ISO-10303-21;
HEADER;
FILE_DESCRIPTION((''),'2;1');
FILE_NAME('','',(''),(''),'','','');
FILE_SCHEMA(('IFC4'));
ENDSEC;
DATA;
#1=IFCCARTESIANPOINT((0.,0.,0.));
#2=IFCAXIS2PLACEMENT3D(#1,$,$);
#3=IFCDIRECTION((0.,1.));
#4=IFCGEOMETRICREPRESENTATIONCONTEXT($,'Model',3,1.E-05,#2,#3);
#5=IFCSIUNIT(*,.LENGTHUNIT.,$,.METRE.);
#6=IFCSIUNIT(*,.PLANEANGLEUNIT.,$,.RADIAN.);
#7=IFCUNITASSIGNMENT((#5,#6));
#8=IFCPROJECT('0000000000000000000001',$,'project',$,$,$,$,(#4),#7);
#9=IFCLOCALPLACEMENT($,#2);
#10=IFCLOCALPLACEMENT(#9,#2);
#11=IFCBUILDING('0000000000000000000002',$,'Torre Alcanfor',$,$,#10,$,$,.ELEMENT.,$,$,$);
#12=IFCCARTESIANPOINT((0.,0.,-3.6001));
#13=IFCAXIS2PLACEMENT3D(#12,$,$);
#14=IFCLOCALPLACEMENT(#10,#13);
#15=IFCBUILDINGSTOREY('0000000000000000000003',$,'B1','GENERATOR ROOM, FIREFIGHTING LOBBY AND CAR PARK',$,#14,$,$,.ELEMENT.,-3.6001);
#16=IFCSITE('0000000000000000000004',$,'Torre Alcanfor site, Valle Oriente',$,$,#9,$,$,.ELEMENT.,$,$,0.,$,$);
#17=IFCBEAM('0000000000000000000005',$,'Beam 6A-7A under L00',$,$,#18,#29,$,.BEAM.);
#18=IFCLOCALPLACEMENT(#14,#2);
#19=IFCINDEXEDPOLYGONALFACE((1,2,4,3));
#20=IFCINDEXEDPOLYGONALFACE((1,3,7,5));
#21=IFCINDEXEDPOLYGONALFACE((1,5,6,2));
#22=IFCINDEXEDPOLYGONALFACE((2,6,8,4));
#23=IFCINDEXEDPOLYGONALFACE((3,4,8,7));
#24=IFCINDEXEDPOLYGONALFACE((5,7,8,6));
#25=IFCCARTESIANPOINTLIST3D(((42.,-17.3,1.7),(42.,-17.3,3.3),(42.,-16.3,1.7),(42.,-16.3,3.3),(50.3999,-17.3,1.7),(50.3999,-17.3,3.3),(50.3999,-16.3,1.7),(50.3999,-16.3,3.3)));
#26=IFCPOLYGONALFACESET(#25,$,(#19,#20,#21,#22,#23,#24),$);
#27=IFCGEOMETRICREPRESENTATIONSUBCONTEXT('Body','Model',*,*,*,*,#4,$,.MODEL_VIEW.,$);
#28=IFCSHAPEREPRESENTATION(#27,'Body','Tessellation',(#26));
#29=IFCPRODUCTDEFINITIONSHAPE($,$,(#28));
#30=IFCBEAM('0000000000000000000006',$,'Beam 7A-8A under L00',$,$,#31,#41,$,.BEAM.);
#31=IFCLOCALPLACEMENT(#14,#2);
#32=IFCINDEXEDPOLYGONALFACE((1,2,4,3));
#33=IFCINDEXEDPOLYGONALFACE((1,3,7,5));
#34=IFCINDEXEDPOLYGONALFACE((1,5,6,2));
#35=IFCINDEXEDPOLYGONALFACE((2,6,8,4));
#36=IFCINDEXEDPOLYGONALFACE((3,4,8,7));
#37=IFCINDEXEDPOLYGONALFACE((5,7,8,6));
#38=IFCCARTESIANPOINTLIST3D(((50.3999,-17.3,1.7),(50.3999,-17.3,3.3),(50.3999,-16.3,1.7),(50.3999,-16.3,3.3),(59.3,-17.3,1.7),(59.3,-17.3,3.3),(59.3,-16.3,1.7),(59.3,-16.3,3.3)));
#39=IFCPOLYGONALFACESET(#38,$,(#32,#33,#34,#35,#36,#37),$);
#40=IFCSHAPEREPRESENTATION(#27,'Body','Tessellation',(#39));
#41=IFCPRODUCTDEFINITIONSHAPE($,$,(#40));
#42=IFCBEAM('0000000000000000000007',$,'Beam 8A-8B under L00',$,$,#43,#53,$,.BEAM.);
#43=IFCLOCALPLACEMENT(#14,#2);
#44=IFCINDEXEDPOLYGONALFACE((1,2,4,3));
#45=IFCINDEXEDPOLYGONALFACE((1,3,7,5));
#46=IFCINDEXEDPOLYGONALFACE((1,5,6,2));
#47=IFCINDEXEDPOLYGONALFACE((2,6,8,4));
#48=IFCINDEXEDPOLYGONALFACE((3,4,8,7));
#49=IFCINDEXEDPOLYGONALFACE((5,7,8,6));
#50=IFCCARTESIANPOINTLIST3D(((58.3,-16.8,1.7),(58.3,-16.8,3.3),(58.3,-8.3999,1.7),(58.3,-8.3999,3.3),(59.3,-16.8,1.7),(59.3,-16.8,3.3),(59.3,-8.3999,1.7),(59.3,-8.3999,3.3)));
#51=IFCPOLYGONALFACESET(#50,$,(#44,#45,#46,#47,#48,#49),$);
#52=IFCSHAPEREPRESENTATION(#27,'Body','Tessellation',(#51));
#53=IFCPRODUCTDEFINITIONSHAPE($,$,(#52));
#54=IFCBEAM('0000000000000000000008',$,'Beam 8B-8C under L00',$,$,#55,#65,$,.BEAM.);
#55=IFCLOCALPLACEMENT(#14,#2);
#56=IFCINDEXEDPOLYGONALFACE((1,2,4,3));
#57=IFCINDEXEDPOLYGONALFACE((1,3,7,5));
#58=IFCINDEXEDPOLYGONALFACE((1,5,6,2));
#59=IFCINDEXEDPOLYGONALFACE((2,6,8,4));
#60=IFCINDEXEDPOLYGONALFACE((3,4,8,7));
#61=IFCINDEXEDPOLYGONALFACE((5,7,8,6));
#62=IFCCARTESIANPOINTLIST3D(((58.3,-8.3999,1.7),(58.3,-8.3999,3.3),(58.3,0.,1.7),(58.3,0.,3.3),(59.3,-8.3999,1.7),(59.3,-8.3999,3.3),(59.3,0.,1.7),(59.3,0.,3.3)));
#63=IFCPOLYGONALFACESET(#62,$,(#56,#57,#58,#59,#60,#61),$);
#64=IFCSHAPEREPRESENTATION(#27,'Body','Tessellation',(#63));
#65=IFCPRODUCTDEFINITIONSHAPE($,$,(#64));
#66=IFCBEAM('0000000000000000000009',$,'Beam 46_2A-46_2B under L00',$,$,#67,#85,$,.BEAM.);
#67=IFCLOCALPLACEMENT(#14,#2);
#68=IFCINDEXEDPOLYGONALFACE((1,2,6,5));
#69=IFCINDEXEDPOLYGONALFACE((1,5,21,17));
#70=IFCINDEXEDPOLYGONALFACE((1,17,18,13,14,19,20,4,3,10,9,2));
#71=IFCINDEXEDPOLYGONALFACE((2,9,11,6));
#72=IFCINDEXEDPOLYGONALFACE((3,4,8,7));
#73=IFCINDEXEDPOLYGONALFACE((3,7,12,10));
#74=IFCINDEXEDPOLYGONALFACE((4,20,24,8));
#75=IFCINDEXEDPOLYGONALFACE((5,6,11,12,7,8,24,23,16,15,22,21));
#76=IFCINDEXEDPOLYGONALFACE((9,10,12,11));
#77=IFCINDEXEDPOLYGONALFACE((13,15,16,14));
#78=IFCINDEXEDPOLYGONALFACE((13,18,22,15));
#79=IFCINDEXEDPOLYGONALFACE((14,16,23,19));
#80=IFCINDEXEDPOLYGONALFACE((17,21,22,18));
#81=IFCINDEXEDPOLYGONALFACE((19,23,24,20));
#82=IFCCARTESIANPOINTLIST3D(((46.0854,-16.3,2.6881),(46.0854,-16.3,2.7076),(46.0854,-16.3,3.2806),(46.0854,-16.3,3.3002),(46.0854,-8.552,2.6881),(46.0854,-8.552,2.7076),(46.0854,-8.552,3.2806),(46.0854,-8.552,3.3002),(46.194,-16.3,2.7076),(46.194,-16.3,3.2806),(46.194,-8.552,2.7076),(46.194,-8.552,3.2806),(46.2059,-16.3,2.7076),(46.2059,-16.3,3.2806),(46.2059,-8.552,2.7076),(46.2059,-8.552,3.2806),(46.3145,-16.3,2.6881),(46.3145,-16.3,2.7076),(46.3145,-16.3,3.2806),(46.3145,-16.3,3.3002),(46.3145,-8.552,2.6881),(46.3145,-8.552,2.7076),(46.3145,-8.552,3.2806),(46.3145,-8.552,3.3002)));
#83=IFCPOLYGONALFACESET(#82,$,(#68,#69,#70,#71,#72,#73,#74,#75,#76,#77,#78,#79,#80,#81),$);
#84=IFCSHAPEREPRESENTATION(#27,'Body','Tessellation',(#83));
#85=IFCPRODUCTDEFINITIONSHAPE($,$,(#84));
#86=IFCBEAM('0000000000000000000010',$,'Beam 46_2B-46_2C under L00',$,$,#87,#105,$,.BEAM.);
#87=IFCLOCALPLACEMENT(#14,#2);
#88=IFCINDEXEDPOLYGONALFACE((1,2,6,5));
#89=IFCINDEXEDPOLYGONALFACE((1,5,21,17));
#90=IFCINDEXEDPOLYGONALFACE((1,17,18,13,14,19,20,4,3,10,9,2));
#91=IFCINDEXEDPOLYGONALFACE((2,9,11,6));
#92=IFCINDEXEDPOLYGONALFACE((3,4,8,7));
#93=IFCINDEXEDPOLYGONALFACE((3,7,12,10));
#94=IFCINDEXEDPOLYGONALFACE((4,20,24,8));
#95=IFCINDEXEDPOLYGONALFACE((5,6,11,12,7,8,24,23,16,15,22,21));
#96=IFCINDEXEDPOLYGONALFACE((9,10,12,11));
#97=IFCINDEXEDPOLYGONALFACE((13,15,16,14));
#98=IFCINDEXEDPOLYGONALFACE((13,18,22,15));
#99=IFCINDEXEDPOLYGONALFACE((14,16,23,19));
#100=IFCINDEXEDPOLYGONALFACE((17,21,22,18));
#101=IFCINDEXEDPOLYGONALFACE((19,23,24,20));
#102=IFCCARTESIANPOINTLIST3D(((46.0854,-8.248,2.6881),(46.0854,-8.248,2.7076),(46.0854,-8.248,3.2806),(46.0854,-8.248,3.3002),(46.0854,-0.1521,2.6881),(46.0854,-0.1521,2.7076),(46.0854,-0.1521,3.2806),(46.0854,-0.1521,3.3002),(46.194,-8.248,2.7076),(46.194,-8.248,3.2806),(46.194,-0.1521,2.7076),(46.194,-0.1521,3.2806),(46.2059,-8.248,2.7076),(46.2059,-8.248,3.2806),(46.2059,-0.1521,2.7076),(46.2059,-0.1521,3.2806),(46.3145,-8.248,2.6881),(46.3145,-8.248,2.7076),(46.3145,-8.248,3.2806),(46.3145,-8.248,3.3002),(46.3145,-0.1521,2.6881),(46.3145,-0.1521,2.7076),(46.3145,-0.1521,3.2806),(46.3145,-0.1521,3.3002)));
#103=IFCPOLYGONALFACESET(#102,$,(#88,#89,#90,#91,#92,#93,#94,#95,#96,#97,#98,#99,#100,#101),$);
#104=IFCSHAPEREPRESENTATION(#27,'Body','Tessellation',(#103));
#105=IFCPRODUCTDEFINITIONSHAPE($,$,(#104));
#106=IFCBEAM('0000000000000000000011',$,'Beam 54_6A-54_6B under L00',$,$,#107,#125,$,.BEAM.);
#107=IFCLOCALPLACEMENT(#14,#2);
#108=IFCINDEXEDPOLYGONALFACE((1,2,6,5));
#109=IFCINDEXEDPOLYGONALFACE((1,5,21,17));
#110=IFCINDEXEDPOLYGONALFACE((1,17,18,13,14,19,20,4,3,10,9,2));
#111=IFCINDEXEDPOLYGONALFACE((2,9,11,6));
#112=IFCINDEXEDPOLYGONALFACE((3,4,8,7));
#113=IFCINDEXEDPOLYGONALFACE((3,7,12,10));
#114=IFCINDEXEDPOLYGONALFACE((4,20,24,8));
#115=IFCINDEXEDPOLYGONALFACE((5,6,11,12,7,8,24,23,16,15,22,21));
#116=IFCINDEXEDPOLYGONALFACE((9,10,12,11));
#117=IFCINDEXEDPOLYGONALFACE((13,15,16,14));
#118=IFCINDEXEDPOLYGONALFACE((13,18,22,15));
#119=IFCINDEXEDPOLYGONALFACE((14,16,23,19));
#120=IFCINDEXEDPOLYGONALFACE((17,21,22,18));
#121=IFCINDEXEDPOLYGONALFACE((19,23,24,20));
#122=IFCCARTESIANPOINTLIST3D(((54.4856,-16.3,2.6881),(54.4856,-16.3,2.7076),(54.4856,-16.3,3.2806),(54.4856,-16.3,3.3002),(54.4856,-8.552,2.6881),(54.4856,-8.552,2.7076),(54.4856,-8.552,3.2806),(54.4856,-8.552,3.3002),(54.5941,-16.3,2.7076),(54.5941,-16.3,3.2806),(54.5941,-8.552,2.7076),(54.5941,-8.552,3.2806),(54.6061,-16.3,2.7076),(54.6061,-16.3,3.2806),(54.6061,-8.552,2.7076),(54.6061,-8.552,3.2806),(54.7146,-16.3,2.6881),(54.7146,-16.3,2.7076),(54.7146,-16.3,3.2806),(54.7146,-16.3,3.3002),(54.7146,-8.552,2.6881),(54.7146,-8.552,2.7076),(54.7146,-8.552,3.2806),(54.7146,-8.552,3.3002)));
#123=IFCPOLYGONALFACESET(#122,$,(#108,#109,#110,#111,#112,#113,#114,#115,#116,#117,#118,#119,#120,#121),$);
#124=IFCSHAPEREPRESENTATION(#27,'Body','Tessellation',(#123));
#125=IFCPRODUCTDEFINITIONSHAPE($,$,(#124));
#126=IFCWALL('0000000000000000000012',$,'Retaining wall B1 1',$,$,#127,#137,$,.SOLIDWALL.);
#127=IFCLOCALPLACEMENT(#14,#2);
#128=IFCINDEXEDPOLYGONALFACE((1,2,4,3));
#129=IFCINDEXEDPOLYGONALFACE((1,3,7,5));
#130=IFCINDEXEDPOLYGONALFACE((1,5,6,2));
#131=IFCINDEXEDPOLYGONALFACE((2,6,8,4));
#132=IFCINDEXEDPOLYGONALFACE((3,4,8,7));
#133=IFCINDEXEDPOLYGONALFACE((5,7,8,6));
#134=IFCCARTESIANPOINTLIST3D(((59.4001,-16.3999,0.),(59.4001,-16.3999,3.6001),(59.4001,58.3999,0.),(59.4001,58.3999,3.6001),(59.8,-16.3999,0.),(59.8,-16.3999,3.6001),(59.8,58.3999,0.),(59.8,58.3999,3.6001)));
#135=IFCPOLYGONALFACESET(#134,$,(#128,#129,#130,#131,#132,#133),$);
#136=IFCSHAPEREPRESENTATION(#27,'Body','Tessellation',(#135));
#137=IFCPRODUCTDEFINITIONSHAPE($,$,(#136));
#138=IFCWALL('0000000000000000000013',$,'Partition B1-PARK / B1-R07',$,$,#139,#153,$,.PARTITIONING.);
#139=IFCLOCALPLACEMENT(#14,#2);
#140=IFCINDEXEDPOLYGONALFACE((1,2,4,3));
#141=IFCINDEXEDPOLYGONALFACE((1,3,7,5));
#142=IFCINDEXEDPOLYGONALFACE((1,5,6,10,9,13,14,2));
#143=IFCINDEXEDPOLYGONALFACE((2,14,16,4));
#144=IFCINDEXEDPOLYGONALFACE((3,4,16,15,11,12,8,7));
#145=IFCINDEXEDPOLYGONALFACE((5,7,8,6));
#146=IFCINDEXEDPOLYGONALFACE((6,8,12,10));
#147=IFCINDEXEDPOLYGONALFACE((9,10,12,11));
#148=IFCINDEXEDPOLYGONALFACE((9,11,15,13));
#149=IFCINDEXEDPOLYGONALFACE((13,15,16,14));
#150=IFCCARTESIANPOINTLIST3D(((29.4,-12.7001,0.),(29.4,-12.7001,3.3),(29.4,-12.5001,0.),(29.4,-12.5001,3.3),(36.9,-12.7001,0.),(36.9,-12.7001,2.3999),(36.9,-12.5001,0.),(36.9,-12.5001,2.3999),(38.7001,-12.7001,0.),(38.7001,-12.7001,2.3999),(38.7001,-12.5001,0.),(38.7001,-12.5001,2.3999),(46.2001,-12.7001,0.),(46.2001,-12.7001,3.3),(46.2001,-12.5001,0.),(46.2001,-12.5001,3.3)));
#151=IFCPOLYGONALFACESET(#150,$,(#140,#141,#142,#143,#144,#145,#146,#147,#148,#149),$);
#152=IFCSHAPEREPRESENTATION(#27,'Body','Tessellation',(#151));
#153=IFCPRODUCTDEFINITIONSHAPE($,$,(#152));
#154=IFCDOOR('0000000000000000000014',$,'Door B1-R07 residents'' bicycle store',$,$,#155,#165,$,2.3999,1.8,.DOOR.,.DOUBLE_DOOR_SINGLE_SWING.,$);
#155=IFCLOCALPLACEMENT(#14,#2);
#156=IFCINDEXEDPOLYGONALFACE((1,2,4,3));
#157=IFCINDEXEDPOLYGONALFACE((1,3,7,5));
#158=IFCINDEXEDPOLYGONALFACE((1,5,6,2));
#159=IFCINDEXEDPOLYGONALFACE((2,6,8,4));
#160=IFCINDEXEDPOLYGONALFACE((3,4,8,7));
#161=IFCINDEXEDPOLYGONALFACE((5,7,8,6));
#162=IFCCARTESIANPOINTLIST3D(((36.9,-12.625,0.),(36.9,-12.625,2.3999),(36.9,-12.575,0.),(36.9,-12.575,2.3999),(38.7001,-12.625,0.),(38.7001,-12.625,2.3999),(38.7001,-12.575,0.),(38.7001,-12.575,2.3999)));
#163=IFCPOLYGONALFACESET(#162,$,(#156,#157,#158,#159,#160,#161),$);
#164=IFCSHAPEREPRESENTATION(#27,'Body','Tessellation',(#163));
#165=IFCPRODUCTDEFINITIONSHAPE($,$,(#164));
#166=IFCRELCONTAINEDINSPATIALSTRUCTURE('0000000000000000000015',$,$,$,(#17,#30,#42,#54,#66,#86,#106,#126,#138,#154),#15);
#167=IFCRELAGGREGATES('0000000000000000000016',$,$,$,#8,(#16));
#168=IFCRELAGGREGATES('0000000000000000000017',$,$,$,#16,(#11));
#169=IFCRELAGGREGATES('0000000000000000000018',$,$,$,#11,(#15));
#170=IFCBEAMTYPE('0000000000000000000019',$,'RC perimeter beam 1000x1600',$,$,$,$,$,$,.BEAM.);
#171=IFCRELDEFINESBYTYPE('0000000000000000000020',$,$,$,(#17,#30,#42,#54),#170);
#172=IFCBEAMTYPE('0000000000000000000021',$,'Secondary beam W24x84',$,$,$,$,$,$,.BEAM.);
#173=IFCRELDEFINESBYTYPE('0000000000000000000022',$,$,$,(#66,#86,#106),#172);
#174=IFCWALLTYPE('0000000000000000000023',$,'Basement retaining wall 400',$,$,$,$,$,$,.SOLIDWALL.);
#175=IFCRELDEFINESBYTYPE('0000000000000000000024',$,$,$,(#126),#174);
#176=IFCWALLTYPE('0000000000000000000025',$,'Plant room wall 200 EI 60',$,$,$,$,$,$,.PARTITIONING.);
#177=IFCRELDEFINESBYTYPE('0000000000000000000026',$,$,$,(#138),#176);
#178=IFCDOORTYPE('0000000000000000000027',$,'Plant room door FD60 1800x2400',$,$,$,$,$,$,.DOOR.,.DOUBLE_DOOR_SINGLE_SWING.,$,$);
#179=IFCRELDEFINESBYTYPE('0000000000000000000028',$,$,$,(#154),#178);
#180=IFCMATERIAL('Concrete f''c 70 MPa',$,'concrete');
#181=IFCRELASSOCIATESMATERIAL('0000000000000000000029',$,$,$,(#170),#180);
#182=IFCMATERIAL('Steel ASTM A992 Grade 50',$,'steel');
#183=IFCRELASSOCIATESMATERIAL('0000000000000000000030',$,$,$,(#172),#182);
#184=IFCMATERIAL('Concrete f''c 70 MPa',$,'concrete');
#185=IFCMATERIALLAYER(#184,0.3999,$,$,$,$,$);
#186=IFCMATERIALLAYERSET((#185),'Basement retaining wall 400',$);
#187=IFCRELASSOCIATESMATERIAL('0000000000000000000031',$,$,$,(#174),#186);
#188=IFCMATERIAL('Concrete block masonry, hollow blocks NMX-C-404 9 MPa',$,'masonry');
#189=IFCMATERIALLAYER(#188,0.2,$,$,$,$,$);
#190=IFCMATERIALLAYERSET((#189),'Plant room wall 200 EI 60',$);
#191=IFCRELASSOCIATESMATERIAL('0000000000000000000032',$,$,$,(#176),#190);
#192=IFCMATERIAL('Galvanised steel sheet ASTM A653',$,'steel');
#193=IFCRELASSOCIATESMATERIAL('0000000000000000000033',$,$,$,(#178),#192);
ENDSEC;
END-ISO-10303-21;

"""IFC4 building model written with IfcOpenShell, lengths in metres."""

from ifc_helpers import new_model, si_unit, direction, frame, frame_2d, origin, origin_2d, place, context, subcontext, project, spatial, rectangle, i_section, extrude, material, layer, layer_set, material_profile, profile_set, type_object, element, fill, save


model = new_model("IFC4")

# Units and contexts
model_context = context("Model", 3, precision=1e-05, world=origin(), true_north=direction((0.0, 1.0)))
body_context = subcontext(model_context, "Body", "Model", "MODEL_VIEW")
ifc_project = project(units=[si_unit("LENGTHUNIT", "METRE"), si_unit("PLANEANGLEUNIT", "RADIAN")], contexts=[model_context])

# Site, building, storey
site_placement = place(None, origin())
site = spatial("IfcSite", under=ifc_project, at=site_placement, Name="Torre Alcanfor site, Valle Oriente", CompositionType="ELEMENT", RefElevation=0.0)
building_placement = place(site_placement, origin())
building = spatial("IfcBuilding", under=site, at=building_placement, Name="Torre Alcanfor", CompositionType="ELEMENT")
storey_placement = place(building_placement, frame((0.0, 0.0, -3.6001)))
storey = spatial("IfcBuildingStorey", under=building, at=storey_placement, Name="B1", Description="GENERATOR ROOM, FIREFIGHTING LOBBY AND CAR PARK", CompositionType="ELEMENT", Elevation=-3.6001)

# Beams
ifc_material_1 = material(Name="Concrete f'c 70 MPa", Category="concrete")
ifc_material_profile_1 = material_profile(ifc_material_1, rectangle(XDim=1.0, YDim=1.6001, at=origin_2d()), Name="1000x1600")
ifc_profile_set_1 = profile_set([ifc_material_profile_1], Name="Concrete f'c 70 MPa")
beam_type_1 = type_object("IfcBeamType", Name="RC perimeter beam 1000x1600", PredefinedType="BEAM", material=ifc_profile_set_1)
beam_1_placement = place(storey_placement, frame((42.0, -16.8, 2.5), z_axis=(1.0, 0.0, 0.0), x_axis=(0.0, 1.0, 0.0)))
element("IfcBeam", 1, at=beam_1_placement, inside=storey, type_object=beam_type_1, Name="Beam 6A-7A under L00", PredefinedType="BEAM", context=body_context, shape_type="SweptSolid", body=[
    extrude(rectangle(XDim=1.0, YDim=1.6001, at=origin_2d()), origin(), (0.0, 0.0, 1.0), 8.3999),
])
beam_2_placement = place(storey_placement, frame((50.3999, -16.8, 2.5), z_axis=(1.0, 0.0, 0.0), x_axis=(0.0, 1.0, 0.0)))
element("IfcBeam", 2, at=beam_2_placement, inside=storey, type_object=beam_type_1, Name="Beam 7A-8A under L00", PredefinedType="BEAM", context=body_context, shape_type="SweptSolid", body=[
    extrude(rectangle(XDim=1.0, YDim=1.6001, at=origin_2d()), origin(), (0.0, 0.0, 1.0), 8.9001),
])
beam_3_placement = place(storey_placement, frame((58.8, -16.8, 2.5), z_axis=(0.0, 1.0, 0.0), x_axis=(-1.0, 0.0, 0.0)))
element("IfcBeam", 3, at=beam_3_placement, inside=storey, type_object=beam_type_1, Name="Beam 8A-8B under L00", PredefinedType="BEAM", context=body_context, shape_type="SweptSolid", body=[
    extrude(rectangle(XDim=1.0, YDim=1.6001, at=origin_2d()), origin(), (0.0, 0.0, 1.0), 8.4001),
])
beam_4_placement = place(storey_placement, frame((58.8, -8.3999, 2.5), z_axis=(0.0, 1.0, 0.0), x_axis=(-1.0, 0.0, 0.0)))
element("IfcBeam", 4, at=beam_4_placement, inside=storey, type_object=beam_type_1, Name="Beam 8B-8C under L00", PredefinedType="BEAM", context=body_context, shape_type="SweptSolid", body=[
    extrude(rectangle(XDim=1.0, YDim=1.6001, at=origin_2d()), origin(), (0.0, 0.0, 1.0), 8.3999),
])
ifc_material_2 = material(Name="Steel ASTM A992 Grade 50", Category="steel")
ifc_material_profile_2 = material_profile(ifc_material_2, i_section(OverallWidth=0.229, OverallDepth=0.6121, WebThickness=0.012, FlangeThickness=0.0195, at=origin_2d()), Name="W24x84")
ifc_profile_set_2 = profile_set([ifc_material_profile_2], Name="Steel ASTM A992 Grade 50")
beam_type_2 = type_object("IfcBeamType", Name="Secondary beam W24x84", PredefinedType="BEAM", material=ifc_profile_set_2)
beam_5_placement = place(storey_placement, frame((46.2, -16.3, 2.9941), z_axis=(0.0, 1.0, 0.0), x_axis=(-1.0, 0.0, 0.0)))
element("IfcBeam", 5, at=beam_5_placement, inside=storey, type_object=beam_type_2, Name="Beam 46_2A-46_2B under L00", PredefinedType="BEAM", context=body_context, shape_type="SweptSolid", body=[
    extrude(i_section(OverallWidth=0.229, OverallDepth=0.6121, WebThickness=0.012, FlangeThickness=0.0195, at=origin_2d()), origin(), (0.0, 0.0, 1.0), 7.748),
])
beam_6_placement = place(storey_placement, frame((46.2, -8.248, 2.9941), z_axis=(0.0, 1.0, 0.0), x_axis=(-1.0, 0.0, 0.0)))
element("IfcBeam", 6, at=beam_6_placement, inside=storey, type_object=beam_type_2, Name="Beam 46_2B-46_2C under L00", PredefinedType="BEAM", context=body_context, shape_type="SweptSolid", body=[
    extrude(i_section(OverallWidth=0.229, OverallDepth=0.6121, WebThickness=0.012, FlangeThickness=0.0195, at=origin_2d()), origin(), (0.0, 0.0, 1.0), 8.0959),
])
beam_7_placement = place(storey_placement, frame((54.6001, -16.3, 2.9941), z_axis=(0.0, 1.0, 0.0), x_axis=(-1.0, 0.0, 0.0)))
element("IfcBeam", 7, at=beam_7_placement, inside=storey, type_object=beam_type_2, Name="Beam 54_6A-54_6B under L00", PredefinedType="BEAM", context=body_context, shape_type="SweptSolid", body=[
    extrude(i_section(OverallWidth=0.229, OverallDepth=0.6121, WebThickness=0.012, FlangeThickness=0.0195, at=origin_2d()), origin(), (0.0, 0.0, 1.0), 7.748),
])

# Wall
ifc_material_3 = material(Name="Concrete f'c 70 MPa", Category="concrete")
ifc_layer_1 = layer(ifc_material_3, 0.3999)
ifc_layer_set_1 = layer_set([ifc_layer_1], Name="Basement retaining wall 400")
wall_type_1 = type_object("IfcWallType", Name="Basement retaining wall 400", PredefinedType="SOLIDWALL", material=ifc_layer_set_1)
wall_1_placement = place(storey_placement, frame((59.6001, -16.3999, 0.0), z_axis=(0.0, 0.0, 1.0), x_axis=(0.0, 1.0, 0.0)))
element("IfcWall", 8, at=wall_1_placement, inside=storey, type_object=wall_type_1, Name="Retaining wall B1 1", PredefinedType="SOLIDWALL", context=body_context, shape_type="SweptSolid", body=[
    extrude(rectangle(XDim=74.7998, YDim=0.3999, at=frame_2d((37.3999, 0.0))), origin(), (0.0, 0.0, 1.0), 3.6001),
])

# Wall, opening, door
ifc_material_4 = material(Name="Concrete block masonry, hollow blocks NMX-C-404 9 MPa", Category="masonry")
ifc_layer_2 = layer(ifc_material_4, 0.2)
ifc_layer_set_2 = layer_set([ifc_layer_2], Name="Plant room wall 200 EI 60")
wall_type_2 = type_object("IfcWallType", Name="Plant room wall 200 EI 60", PredefinedType="PARTITIONING", material=ifc_layer_set_2)
wall_2_placement = place(storey_placement, frame((46.2, -12.6001, 0.0), z_axis=(0.0, 0.0, 1.0), x_axis=(-1.0, 0.0, 0.0)))
wall_2 = element("IfcWall", 9, at=wall_2_placement, inside=storey, type_object=wall_type_2, Name="Partition B1-PARK / B1-R07", PredefinedType="PARTITIONING", context=body_context, shape_type="SweptSolid", body=[
    extrude(rectangle(XDim=16.8, YDim=0.2, at=frame_2d((8.3999, 0.0))), origin(), (0.0, 0.0, 1.0), 3.3),
])
opening_1_placement = place(wall_2_placement, frame((7.5, 0.0, 0.0)))
opening_1 = element("IfcOpeningElement", 10, at=opening_1_placement, cuts=wall_2, PredefinedType="OPENING", context=body_context, shape_type="SweptSolid", body=[
    extrude(rectangle(XDim=1.8, YDim=2.3999, at=frame_2d((0.8999, 1.2))), frame((0.0, 0.1099, 0.0), z_axis=(0.0, -1.0, 0.0), x_axis=(1.0, 0.0, 0.0)), (0.0, 0.0, 1.0), 0.22),
])
ifc_material_5 = material(Name="Galvanised steel sheet ASTM A653", Category="steel")
door_type = type_object("IfcDoorType", Name="Plant room door FD60 1800x2400", OperationType="DOUBLE_DOOR_SINGLE_SWING", PredefinedType="DOOR", material=ifc_material_5)
door_1_placement = place(opening_1_placement, origin())
door_1 = element("IfcDoor", 11, at=door_1_placement, inside=storey, type_object=door_type, Name="Door B1-R07 residents' bicycle store", OperationType="DOUBLE_DOOR_SINGLE_SWING", OverallHeight=2.3999, OverallWidth=1.8, PredefinedType="DOOR", context=body_context, shape_type="SweptSolid", body=[
    extrude(rectangle(XDim=1.8, YDim=2.3999, at=frame_2d((0.8999, 1.2))), frame((0.0, 0.0249, 0.0), z_axis=(0.0, -1.0, 0.0), x_axis=(1.0, 0.0, 0.0)), (0.0, 0.0, 1.0), 0.05),
])
fill(opening_1, door_1)

save(model, "model.ifc")
